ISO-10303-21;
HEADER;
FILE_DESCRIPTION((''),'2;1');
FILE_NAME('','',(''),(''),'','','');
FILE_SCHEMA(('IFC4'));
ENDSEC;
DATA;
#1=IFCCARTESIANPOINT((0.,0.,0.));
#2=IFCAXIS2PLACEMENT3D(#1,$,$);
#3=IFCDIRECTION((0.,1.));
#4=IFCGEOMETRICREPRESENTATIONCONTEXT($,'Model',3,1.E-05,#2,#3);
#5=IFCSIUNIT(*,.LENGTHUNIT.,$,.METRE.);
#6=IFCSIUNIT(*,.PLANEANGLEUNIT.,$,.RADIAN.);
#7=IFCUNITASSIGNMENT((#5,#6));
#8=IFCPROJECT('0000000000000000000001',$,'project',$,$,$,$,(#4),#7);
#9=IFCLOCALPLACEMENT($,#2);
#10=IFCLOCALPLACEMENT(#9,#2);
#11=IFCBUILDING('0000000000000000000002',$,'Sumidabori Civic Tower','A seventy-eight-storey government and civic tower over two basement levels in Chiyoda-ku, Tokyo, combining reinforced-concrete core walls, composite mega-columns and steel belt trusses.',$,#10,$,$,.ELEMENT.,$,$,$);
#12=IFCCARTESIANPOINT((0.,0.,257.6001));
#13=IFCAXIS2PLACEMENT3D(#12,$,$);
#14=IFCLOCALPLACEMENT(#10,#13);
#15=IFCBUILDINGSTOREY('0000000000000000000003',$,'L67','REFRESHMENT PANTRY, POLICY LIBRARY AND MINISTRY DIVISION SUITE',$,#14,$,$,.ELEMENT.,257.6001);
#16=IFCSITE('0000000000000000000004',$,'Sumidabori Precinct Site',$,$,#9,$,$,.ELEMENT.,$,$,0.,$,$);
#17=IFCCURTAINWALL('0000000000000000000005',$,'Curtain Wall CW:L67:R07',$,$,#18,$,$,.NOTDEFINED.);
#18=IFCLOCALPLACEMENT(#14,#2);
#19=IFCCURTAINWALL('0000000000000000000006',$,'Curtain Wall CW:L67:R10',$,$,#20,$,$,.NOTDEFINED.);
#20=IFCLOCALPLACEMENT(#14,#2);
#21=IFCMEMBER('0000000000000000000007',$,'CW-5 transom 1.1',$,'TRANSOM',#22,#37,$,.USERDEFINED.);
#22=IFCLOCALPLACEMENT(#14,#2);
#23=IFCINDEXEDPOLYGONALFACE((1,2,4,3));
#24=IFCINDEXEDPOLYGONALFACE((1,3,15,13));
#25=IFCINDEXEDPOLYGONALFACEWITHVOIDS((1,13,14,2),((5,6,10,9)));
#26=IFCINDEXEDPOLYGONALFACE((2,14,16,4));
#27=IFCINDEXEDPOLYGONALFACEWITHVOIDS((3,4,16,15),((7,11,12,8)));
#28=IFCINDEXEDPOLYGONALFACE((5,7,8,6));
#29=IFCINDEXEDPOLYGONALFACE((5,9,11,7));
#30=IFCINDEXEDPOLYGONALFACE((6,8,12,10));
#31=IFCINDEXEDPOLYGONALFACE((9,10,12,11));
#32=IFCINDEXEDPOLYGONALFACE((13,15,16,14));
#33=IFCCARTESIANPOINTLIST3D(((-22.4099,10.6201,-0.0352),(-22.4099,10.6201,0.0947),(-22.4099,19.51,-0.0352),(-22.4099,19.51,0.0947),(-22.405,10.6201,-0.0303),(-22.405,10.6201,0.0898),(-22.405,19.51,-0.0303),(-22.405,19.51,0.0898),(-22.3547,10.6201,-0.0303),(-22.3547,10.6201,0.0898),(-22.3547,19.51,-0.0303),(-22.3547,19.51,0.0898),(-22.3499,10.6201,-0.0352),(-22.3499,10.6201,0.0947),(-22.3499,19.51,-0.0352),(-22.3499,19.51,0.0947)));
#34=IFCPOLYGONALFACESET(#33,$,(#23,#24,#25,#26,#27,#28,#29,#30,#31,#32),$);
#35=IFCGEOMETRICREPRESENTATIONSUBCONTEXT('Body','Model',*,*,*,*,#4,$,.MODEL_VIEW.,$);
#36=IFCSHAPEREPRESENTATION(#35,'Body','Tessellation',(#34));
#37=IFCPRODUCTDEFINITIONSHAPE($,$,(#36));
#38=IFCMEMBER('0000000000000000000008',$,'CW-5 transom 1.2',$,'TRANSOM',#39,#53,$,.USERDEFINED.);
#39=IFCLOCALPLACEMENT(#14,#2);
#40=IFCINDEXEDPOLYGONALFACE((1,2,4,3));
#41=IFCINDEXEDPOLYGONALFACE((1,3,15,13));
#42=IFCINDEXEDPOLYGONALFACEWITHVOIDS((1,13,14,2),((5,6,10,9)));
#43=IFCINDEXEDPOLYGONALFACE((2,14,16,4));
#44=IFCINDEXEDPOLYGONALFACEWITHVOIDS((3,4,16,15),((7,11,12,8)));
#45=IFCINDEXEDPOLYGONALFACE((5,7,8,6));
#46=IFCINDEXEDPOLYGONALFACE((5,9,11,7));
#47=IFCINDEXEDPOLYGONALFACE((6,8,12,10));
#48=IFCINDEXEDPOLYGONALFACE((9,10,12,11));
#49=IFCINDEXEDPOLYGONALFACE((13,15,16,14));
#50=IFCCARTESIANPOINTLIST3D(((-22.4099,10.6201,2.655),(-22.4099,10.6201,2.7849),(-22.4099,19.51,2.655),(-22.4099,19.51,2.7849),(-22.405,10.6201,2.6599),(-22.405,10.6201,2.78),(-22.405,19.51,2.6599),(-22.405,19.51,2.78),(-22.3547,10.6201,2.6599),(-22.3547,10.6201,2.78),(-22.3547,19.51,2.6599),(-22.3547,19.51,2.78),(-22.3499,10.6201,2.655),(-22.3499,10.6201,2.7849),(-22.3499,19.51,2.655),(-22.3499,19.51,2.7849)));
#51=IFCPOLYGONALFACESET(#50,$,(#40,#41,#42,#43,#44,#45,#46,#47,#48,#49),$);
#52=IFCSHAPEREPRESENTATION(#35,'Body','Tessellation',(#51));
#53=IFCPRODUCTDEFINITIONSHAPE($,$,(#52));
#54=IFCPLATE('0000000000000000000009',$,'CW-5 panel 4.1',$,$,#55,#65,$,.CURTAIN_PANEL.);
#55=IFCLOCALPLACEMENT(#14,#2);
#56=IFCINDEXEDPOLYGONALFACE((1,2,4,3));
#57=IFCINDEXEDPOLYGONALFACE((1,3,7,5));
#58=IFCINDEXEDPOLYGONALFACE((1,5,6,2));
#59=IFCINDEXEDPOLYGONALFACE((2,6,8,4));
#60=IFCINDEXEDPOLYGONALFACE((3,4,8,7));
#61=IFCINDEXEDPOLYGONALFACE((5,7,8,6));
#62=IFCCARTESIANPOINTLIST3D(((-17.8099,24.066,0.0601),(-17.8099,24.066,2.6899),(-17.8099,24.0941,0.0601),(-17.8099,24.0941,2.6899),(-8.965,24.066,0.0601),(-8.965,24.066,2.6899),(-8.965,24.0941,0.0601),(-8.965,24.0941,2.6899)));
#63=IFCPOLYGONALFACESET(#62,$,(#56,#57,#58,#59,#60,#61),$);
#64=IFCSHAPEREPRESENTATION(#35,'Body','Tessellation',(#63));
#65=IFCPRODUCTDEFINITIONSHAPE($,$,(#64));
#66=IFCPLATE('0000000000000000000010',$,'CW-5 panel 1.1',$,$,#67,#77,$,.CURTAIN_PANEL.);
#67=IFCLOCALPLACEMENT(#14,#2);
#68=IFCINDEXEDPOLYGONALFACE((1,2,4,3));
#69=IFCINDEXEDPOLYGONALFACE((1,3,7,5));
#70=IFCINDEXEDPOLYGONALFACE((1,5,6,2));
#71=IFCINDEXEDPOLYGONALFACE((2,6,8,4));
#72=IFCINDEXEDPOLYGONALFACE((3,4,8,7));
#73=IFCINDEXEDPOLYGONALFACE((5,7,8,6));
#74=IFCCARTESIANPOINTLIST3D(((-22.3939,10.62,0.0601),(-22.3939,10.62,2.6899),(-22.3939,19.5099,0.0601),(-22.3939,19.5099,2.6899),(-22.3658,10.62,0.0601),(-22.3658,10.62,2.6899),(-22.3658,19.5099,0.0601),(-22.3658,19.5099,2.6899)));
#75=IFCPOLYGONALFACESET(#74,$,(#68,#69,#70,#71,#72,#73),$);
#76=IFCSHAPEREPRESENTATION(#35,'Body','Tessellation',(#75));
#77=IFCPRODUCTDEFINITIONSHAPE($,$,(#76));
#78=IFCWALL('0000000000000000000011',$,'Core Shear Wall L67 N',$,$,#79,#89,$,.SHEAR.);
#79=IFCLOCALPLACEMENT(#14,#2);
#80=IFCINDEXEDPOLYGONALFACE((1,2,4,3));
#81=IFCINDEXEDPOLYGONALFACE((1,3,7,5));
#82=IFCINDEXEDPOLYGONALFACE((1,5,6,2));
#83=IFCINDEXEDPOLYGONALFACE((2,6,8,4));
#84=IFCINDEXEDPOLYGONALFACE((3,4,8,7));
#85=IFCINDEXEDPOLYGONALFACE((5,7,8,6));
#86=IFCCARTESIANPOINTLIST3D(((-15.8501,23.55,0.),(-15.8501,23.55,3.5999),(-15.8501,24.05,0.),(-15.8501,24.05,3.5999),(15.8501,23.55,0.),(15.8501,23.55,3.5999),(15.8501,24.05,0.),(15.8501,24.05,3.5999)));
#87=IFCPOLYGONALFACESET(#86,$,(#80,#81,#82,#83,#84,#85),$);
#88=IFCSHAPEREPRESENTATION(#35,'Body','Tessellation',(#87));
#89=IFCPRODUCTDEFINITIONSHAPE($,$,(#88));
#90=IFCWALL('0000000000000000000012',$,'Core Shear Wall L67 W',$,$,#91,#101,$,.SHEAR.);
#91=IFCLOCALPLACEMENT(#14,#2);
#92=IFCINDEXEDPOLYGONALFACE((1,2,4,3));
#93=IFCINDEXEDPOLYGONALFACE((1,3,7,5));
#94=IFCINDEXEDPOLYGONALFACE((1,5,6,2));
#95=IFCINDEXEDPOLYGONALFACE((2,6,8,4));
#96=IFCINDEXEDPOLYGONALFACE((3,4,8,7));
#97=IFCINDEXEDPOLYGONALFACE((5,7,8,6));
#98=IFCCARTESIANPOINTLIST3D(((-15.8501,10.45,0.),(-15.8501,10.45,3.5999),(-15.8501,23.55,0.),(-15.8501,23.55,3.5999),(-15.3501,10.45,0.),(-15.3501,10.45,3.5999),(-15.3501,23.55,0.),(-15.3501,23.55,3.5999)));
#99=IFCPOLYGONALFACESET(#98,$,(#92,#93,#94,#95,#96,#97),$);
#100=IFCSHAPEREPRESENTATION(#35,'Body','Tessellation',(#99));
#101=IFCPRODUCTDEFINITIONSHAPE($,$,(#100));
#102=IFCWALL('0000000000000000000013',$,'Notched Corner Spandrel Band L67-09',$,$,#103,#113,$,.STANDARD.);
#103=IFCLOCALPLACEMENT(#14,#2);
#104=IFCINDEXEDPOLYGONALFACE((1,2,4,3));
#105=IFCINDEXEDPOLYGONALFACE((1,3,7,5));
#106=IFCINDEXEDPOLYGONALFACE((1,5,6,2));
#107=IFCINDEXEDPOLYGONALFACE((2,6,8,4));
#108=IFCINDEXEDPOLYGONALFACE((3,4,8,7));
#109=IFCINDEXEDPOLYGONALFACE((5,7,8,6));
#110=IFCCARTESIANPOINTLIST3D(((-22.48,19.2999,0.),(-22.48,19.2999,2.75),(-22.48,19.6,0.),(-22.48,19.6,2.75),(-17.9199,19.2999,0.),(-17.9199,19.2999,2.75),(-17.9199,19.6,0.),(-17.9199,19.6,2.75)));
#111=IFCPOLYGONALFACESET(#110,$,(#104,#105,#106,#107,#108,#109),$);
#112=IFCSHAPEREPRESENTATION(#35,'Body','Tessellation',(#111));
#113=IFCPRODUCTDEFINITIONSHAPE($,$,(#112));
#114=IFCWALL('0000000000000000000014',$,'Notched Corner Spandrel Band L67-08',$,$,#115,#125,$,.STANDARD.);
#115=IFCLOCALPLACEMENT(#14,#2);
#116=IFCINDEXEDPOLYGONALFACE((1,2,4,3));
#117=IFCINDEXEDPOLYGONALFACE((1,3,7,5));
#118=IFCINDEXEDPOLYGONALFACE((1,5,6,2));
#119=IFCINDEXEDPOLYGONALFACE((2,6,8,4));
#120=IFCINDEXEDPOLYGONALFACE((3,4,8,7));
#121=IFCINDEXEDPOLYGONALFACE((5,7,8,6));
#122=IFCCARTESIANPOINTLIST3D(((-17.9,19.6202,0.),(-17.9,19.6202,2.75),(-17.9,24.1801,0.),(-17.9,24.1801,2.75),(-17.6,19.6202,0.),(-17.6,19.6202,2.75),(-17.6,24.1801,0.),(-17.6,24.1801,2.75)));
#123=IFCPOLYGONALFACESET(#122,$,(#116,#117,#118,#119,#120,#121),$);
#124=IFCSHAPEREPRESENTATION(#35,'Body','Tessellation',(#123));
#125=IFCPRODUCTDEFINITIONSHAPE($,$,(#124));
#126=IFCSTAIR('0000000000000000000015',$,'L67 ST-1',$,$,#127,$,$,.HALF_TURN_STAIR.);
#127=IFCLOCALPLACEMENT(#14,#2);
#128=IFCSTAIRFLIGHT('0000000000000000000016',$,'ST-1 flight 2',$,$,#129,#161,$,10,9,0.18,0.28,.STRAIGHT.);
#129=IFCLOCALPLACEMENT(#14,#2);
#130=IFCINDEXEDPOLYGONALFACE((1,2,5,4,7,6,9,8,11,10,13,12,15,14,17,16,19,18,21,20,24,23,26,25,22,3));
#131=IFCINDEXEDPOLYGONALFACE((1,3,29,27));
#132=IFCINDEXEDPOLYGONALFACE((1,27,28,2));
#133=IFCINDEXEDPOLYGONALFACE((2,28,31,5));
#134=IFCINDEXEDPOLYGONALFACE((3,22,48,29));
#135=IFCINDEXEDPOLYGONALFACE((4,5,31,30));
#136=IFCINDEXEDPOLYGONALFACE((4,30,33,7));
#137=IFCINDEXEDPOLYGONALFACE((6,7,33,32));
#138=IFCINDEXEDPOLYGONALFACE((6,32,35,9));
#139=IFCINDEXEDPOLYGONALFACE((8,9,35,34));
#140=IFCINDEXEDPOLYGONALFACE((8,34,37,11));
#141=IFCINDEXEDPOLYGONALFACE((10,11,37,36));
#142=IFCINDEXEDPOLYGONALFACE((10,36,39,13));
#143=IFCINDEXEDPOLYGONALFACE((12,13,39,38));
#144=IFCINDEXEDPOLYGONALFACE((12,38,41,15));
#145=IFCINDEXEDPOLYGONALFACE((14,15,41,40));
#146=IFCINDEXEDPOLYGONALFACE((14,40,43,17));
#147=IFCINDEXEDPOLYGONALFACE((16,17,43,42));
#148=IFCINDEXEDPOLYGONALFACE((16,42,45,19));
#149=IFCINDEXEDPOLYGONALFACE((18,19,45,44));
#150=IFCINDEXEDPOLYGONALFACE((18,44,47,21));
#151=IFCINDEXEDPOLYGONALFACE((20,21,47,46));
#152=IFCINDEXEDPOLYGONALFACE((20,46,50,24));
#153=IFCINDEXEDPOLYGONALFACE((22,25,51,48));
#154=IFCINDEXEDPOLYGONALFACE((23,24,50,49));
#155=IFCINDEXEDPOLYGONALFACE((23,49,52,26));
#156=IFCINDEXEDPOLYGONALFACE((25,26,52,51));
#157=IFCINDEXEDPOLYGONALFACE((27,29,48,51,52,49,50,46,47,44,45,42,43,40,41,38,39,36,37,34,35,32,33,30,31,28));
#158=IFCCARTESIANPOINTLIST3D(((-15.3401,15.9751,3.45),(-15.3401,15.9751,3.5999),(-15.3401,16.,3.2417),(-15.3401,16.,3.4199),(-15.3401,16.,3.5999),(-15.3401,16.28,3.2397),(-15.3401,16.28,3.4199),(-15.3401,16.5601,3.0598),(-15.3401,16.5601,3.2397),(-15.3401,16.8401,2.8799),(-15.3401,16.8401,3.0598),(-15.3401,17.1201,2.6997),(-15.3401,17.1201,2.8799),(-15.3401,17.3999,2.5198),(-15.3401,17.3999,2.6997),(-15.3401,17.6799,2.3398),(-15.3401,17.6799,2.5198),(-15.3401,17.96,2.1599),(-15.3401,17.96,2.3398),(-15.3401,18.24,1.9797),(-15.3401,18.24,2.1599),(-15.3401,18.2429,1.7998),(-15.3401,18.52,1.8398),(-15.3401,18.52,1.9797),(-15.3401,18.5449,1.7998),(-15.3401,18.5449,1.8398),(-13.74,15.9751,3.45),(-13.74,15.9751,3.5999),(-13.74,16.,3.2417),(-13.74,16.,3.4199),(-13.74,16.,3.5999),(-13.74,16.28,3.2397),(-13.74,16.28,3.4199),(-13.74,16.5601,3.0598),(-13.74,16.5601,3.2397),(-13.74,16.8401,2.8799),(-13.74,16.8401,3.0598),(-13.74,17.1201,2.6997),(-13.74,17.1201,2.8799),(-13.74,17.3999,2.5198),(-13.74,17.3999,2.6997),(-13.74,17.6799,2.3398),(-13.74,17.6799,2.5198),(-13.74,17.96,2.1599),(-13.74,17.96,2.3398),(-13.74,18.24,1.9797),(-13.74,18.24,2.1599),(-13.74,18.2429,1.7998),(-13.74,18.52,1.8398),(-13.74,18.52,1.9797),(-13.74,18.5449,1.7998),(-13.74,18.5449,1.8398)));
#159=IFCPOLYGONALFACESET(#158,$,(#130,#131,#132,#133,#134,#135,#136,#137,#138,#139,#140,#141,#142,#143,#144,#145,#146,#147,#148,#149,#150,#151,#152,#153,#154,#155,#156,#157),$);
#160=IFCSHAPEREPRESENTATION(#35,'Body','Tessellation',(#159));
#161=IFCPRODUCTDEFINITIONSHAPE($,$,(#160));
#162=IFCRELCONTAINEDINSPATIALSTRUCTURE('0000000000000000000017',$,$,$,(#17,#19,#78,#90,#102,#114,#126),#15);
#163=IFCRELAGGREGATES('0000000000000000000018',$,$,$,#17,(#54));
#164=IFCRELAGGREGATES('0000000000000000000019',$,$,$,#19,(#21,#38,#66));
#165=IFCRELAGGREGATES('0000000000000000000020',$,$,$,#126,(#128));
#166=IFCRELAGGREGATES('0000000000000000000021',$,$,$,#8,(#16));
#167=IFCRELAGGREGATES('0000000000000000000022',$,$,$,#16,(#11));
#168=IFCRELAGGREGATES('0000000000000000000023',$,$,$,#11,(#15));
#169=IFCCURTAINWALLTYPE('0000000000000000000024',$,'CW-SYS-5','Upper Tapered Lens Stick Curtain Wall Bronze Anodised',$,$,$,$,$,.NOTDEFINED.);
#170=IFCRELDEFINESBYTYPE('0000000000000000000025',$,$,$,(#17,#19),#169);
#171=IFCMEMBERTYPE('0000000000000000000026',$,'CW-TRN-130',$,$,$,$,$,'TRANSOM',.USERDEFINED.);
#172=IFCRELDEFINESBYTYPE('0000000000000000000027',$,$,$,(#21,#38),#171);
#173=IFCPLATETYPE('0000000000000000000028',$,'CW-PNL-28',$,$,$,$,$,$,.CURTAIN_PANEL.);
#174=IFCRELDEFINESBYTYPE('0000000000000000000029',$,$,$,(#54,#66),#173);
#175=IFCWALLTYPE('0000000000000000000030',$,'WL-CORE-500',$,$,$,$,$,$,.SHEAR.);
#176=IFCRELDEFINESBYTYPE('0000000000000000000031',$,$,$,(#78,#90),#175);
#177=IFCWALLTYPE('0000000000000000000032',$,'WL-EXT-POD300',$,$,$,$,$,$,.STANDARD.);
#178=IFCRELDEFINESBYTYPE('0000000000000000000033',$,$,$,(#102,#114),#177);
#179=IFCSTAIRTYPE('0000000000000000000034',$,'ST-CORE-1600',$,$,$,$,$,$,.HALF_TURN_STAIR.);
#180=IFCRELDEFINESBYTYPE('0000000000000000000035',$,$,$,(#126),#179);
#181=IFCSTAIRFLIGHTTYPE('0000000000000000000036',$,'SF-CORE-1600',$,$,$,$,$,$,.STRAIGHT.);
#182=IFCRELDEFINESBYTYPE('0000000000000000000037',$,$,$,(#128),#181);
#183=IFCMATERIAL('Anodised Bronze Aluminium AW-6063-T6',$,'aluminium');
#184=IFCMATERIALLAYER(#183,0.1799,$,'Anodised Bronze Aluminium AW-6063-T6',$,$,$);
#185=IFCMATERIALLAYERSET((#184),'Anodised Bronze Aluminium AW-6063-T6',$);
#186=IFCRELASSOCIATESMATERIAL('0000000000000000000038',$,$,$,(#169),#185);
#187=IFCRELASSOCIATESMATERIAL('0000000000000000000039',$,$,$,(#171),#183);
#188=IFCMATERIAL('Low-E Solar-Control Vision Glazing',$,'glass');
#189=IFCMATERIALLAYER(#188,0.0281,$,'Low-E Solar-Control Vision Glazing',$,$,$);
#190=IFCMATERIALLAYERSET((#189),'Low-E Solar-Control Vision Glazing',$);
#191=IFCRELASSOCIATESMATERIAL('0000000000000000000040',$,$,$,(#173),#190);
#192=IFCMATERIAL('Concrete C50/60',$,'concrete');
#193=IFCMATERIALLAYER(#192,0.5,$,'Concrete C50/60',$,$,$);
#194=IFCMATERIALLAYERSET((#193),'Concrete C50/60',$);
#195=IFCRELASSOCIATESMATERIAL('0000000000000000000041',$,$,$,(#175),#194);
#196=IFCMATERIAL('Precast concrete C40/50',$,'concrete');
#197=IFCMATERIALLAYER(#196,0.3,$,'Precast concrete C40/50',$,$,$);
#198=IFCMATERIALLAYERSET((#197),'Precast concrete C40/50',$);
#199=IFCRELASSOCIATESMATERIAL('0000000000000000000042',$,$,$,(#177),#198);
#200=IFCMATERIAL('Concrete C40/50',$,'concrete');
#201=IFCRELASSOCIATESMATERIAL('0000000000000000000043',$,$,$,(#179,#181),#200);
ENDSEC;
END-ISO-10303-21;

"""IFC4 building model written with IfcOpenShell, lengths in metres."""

from ifc_helpers import new_model, si_unit, direction, frame, frame_2d, origin, origin_2d, place, context, subcontext, project, spatial, polyline, rectangle, hollow_rectangle, outline, extrude, source, transform, mapped, material, layer, layer_set, material_profile, profile_set, type_object, element, aggregate, save


model = new_model("IFC4")

# Units and contexts
model_context = context("Model", 3, precision=1e-05, world=origin(), true_north=direction((0.0, 1.0)))
body_context = subcontext(model_context, "Body", "Model", "MODEL_VIEW")
ifc_project = project(units=[si_unit("LENGTHUNIT", "METRE"), si_unit("PLANEANGLEUNIT", "RADIAN")], contexts=[model_context])

# Site, building, storey
site_placement = place(None, origin())
site = spatial("IfcSite", under=ifc_project, at=site_placement, Name="Sumidabori Precinct Site", CompositionType="ELEMENT", RefElevation=0.0)
building_placement = place(site_placement, origin())
building = spatial("IfcBuilding", under=site, at=building_placement, Name="Sumidabori Civic Tower", Description="A seventy-eight-storey government and civic tower over two basement levels in Chiyoda-ku, Tokyo, combining reinforced-concrete core walls, composite mega-columns and steel belt trusses.", CompositionType="ELEMENT")
storey_placement = place(building_placement, frame((0.0, 0.0, 257.6001)))
storey = spatial("IfcBuildingStorey", under=building, at=storey_placement, Name="L67", Description="REFRESHMENT PANTRY, POLICY LIBRARY AND MINISTRY DIVISION SUITE", CompositionType="ELEMENT", Elevation=257.6001)

# Curtain wall
ifc_material_1 = material(Name="Anodised Bronze Aluminium AW-6063-T6", Category="aluminium")
ifc_layer_1 = layer(ifc_material_1, 0.1799, Name="Anodised Bronze Aluminium AW-6063-T6")
ifc_layer_set_1 = layer_set([ifc_layer_1], Name="Anodised Bronze Aluminium AW-6063-T6")
curtain_wall_type = type_object("IfcCurtainWallType", Name="CW-SYS-5", Description="Upper Tapered Lens Stick Curtain Wall Bronze Anodised", PredefinedType="NOTDEFINED", material=ifc_layer_set_1)
curtain_wall_1_placement = place(storey_placement, origin())
curtain_wall_1 = element("IfcCurtainWall", 1, at=curtain_wall_1_placement, inside=storey, type_object=curtain_wall_type, Name="Curtain Wall CW:L67:R07", PredefinedType="NOTDEFINED")

# Curtain wall, members
curtain_wall_2_placement = place(storey_placement, origin())
curtain_wall_2 = element("IfcCurtainWall", 2, at=curtain_wall_2_placement, inside=storey, type_object=curtain_wall_type, Name="Curtain Wall CW:L67:R10", PredefinedType="NOTDEFINED")
ifc_material_profile_1 = material_profile(ifc_material_1, hollow_rectangle(XDim=0.0601, YDim=0.1299, WallThickness=0.0049, at=origin_2d()), Name="ALU TRANSOM 130x60")
ifc_profile_set_1 = profile_set([ifc_material_profile_1], Name="Anodised Bronze Aluminium AW-6063-T6")
member_type_1 = type_object("IfcMemberType", Name="CW-TRN-130", ElementType="TRANSOM", PredefinedType="USERDEFINED", material=ifc_profile_set_1)
shared_shape_1 = source(origin(), body_context, "Body", "SweptSolid", [
    extrude(hollow_rectangle(XDim=0.0601, YDim=0.1299, WallThickness=0.0049, at=origin_2d()), origin(), (0.0, 0.0, 1.0), 8.8899),
])
member_1_placement = place(storey_placement, frame((-22.3799, 19.51, 0.0298), z_axis=(0.0, -1.0, 0.0), x_axis=(1.0, 0.0, 0.0)))
member_1 = element("IfcMember", 3, at=member_1_placement, type_object=member_type_1, Name="CW-5 transom 1.1", ObjectType="TRANSOM", PredefinedType="USERDEFINED", context=body_context, shape_type="MappedRepresentation", body=[
    mapped(shared_shape_1, transform((0.0, 0.0, 0.0), x_axis=(1.0, 0.0, 0.0), y_axis=(0.0, 1.0, 0.0), z_axis=(0.0, 0.0, 1.0), scale=1.0)),
])
member_2_placement = place(storey_placement, frame((-22.3799, 19.51, 2.72), z_axis=(0.0, -1.0, 0.0), x_axis=(1.0, 0.0, 0.0)))
member_2 = element("IfcMember", 4, at=member_2_placement, type_object=member_type_1, Name="CW-5 transom 1.2", ObjectType="TRANSOM", PredefinedType="USERDEFINED", context=body_context, shape_type="MappedRepresentation", body=[
    mapped(shared_shape_1, transform((0.0, 0.0, 0.0), x_axis=(1.0, 0.0, 0.0), y_axis=(0.0, 1.0, 0.0), z_axis=(0.0, 0.0, 1.0), scale=1.0)),
])

# Plates
ifc_material_2 = material(Name="Low-E Solar-Control Vision Glazing", Category="glass")
ifc_layer_2 = layer(ifc_material_2, 0.0281, Name="Low-E Solar-Control Vision Glazing")
ifc_layer_set_2 = layer_set([ifc_layer_2], Name="Low-E Solar-Control Vision Glazing")
plate_type = type_object("IfcPlateType", Name="CW-PNL-28", PredefinedType="CURTAIN_PANEL", material=ifc_layer_set_2)
shared_shape_2 = source(origin(), body_context, "Body", "SweptSolid", [
    extrude(rectangle(XDim=8.845, YDim=0.0281, at=origin_2d()), origin(), (0.0, 0.0, 1.0), 2.6299),
])
plate_1_placement = place(storey_placement, frame((-13.3875, 24.0801, 0.0601), z_axis=(0.0, 0.0, 1.0), x_axis=(-1.0, 0.0, 0.0)))
plate_1 = element("IfcPlate", 5, at=plate_1_placement, type_object=plate_type, Name="CW-5 panel 4.1", PredefinedType="CURTAIN_PANEL", context=body_context, shape_type="MappedRepresentation", body=[
    mapped(shared_shape_2, transform((0.0, 0.0, 0.0), x_axis=(1.0, 0.0, 0.0), y_axis=(0.0, 1.0, 0.0), z_axis=(0.0, 0.0, 1.0), scale=1.0)),
])
aggregate(curtain_wall_1, [plate_1])
shared_shape_3 = source(origin(), body_context, "Body", "SweptSolid", [
    extrude(rectangle(XDim=8.8899, YDim=0.0281, at=origin_2d()), origin(), (0.0, 0.0, 1.0), 2.6299),
])
plate_2_placement = place(storey_placement, frame((-22.3799, 15.0649, 0.0601), z_axis=(0.0, 0.0, 1.0), x_axis=(0.0, -1.0, 0.0)))
plate_2 = element("IfcPlate", 6, at=plate_2_placement, type_object=plate_type, Name="CW-5 panel 1.1", PredefinedType="CURTAIN_PANEL", context=body_context, shape_type="MappedRepresentation", body=[
    mapped(shared_shape_3, transform((0.0, 0.0, 0.0), x_axis=(1.0, 0.0, 0.0), y_axis=(0.0, 1.0, 0.0), z_axis=(0.0, 0.0, 1.0), scale=1.0)),
])
aggregate(curtain_wall_2, [member_1, member_2, plate_2])

# Wall
ifc_material_3 = material(Name="Concrete C50/60", Category="concrete")
ifc_layer_3 = layer(ifc_material_3, 0.5, Name="Concrete C50/60")
ifc_layer_set_3 = layer_set([ifc_layer_3], Name="Concrete C50/60")
wall_type_1 = type_object("IfcWallType", Name="WL-CORE-500", PredefinedType="SHEAR", material=ifc_layer_set_3)
shared_shape_4 = source(origin(), body_context, "Body", "SweptSolid", [
    extrude(rectangle(XDim=31.7002, YDim=0.5, at=frame_2d((15.8501, 0.0))), origin(), (0.0, 0.0, 1.0), 3.5999),
])
wall_1_placement = place(storey_placement, frame((-15.8501, 23.8, 0.0), z_axis=(0.0, 0.0, 1.0), x_axis=(1.0, 0.0, 0.0)))
element("IfcWall", 7, at=wall_1_placement, inside=storey, type_object=wall_type_1, Name="Core Shear Wall L67 N", PredefinedType="SHEAR", context=body_context, shape_type="MappedRepresentation", body=[
    mapped(shared_shape_4, transform((0.0, 0.0, 0.0), x_axis=(1.0, 0.0, 0.0), y_axis=(0.0, 1.0, 0.0), z_axis=(0.0, 0.0, 1.0), scale=1.0)),
])

# Wall
shared_shape_5 = source(origin(), body_context, "Body", "SweptSolid", [
    extrude(rectangle(XDim=13.1001, YDim=0.5, at=frame_2d((6.55, 0.0))), origin(), (0.0, 0.0, 1.0), 3.5999),
])
wall_2_placement = place(storey_placement, frame((-15.6001, 10.45, 0.0), z_axis=(0.0, 0.0, 1.0), x_axis=(0.0, 1.0, 0.0)))
element("IfcWall", 8, at=wall_2_placement, inside=storey, type_object=wall_type_1, Name="Core Shear Wall L67 W", PredefinedType="SHEAR", context=body_context, shape_type="MappedRepresentation", body=[
    mapped(shared_shape_5, transform((0.0, 0.0, 0.0), x_axis=(1.0, 0.0, 0.0), y_axis=(0.0, 1.0, 0.0), z_axis=(0.0, 0.0, 1.0), scale=1.0)),
])

# Walls
ifc_material_4 = material(Name="Precast concrete C40/50", Category="concrete")
ifc_layer_4 = layer(ifc_material_4, 0.3, Name="Precast concrete C40/50")
ifc_layer_set_4 = layer_set([ifc_layer_4], Name="Precast concrete C40/50")
wall_type_2 = type_object("IfcWallType", Name="WL-EXT-POD300", PredefinedType="STANDARD", material=ifc_layer_set_4)
shared_shape_6 = source(origin(), body_context, "Body", "SweptSolid", [
    extrude(rectangle(XDim=4.5601, YDim=0.3, at=frame_2d((2.28, 0.0))), origin(), (0.0, 0.0, 1.0), 2.75),
])
wall_3_placement = place(storey_placement, frame((-17.9199, 19.45, 0.0), z_axis=(0.0, 0.0, 1.0), x_axis=(-1.0, 0.0, 0.0)))
element("IfcWall", 9, at=wall_3_placement, inside=storey, type_object=wall_type_2, Name="Notched Corner Spandrel Band L67-09", PredefinedType="STANDARD", context=body_context, shape_type="MappedRepresentation", body=[
    mapped(shared_shape_6, transform((0.0, 0.0, 0.0), x_axis=(1.0, 0.0, 0.0), y_axis=(0.0, 1.0, 0.0), z_axis=(0.0, 0.0, 1.0), scale=1.0)),
])
shared_shape_7 = source(origin(), body_context, "Body", "SweptSolid", [
    extrude(rectangle(XDim=4.5598, YDim=0.3, at=frame_2d((2.2798, 0.0))), origin(), (0.0, 0.0, 1.0), 2.75),
])
wall_4_placement = place(storey_placement, frame((-17.75, 24.1799, 0.0), z_axis=(0.0, 0.0, 1.0), x_axis=(0.0, -1.0, 0.0)))
element("IfcWall", 10, at=wall_4_placement, inside=storey, type_object=wall_type_2, Name="Notched Corner Spandrel Band L67-08", PredefinedType="STANDARD", context=body_context, shape_type="MappedRepresentation", body=[
    mapped(shared_shape_7, transform((0.0, 0.0, 0.0), x_axis=(1.0, 0.0, 0.0), y_axis=(0.0, 1.0, 0.0), z_axis=(0.0, 0.0, 1.0), scale=1.0)),
])

# Stair, stair flight
ifc_material_5 = material(Name="Concrete C40/50", Category="concrete")
stair_type = type_object("IfcStairType", Name="ST-CORE-1600", PredefinedType="HALF_TURN_STAIR", material=ifc_material_5)
stair_placement = place(storey_placement, origin())
stair = element("IfcStair", 11, at=stair_placement, inside=storey, type_object=stair_type, Name="L67 ST-1", PredefinedType="HALF_TURN_STAIR")
stair_flight_type = type_object("IfcStairFlightType", Name="SF-CORE-1600", PredefinedType="STRAIGHT", material=ifc_material_5)
shared_shape_8 = source(origin(), body_context, "Body", "SweptSolid", [
    extrude(outline(polyline([(-0.0249, 0.0), (-0.0249, 0.04), (0.0, 0.04), (0.0, 0.1799), (0.28, 0.1799), (0.28, 0.3601), (0.5601, 0.3601), (0.5601, 0.54), (0.8401, 0.54), (0.8401, 0.72), (1.1201, 0.72), (1.1201, 0.8999), (1.3999, 0.8999), (1.3999, 1.0801), (1.6799, 1.0801), (1.6799, 1.26), (1.96, 1.26), (1.96, 1.4399), (2.24, 1.4399), (2.24, 1.6201), (2.52, 1.6201), (2.52, 1.8), (2.5449, 1.8), (2.5449, 1.6501), (2.52, 1.4419), (0.2771, 0.0), (-0.0249, 0.0)])), frame((0.0, 0.8, 0.0), z_axis=(0.0, -1.0, 0.0), x_axis=(1.0, 0.0, 0.0)), (0.0, 0.0, 1.0), 1.6001),
])
stair_flight_placement = place(storey_placement, frame((-14.54, 18.52, 1.7998), z_axis=(0.0, 0.0, 1.0), x_axis=(0.0, -1.0, 0.0)))
stair_flight = element("IfcStairFlight", 12, at=stair_flight_placement, type_object=stair_flight_type, Name="ST-1 flight 2", NumberOfRisers=10, NumberOfTreads=9, PredefinedType="STRAIGHT", RiserHeight=0.18, TreadLength=0.28, context=body_context, shape_type="MappedRepresentation", body=[
    mapped(shared_shape_8, transform((0.0, 0.0, 0.0), x_axis=(1.0, 0.0, 0.0), y_axis=(0.0, 1.0, 0.0), z_axis=(0.0, 0.0, 1.0), scale=1.0)),
])
aggregate(stair, [stair_flight])

save(model, "model.ifc")
